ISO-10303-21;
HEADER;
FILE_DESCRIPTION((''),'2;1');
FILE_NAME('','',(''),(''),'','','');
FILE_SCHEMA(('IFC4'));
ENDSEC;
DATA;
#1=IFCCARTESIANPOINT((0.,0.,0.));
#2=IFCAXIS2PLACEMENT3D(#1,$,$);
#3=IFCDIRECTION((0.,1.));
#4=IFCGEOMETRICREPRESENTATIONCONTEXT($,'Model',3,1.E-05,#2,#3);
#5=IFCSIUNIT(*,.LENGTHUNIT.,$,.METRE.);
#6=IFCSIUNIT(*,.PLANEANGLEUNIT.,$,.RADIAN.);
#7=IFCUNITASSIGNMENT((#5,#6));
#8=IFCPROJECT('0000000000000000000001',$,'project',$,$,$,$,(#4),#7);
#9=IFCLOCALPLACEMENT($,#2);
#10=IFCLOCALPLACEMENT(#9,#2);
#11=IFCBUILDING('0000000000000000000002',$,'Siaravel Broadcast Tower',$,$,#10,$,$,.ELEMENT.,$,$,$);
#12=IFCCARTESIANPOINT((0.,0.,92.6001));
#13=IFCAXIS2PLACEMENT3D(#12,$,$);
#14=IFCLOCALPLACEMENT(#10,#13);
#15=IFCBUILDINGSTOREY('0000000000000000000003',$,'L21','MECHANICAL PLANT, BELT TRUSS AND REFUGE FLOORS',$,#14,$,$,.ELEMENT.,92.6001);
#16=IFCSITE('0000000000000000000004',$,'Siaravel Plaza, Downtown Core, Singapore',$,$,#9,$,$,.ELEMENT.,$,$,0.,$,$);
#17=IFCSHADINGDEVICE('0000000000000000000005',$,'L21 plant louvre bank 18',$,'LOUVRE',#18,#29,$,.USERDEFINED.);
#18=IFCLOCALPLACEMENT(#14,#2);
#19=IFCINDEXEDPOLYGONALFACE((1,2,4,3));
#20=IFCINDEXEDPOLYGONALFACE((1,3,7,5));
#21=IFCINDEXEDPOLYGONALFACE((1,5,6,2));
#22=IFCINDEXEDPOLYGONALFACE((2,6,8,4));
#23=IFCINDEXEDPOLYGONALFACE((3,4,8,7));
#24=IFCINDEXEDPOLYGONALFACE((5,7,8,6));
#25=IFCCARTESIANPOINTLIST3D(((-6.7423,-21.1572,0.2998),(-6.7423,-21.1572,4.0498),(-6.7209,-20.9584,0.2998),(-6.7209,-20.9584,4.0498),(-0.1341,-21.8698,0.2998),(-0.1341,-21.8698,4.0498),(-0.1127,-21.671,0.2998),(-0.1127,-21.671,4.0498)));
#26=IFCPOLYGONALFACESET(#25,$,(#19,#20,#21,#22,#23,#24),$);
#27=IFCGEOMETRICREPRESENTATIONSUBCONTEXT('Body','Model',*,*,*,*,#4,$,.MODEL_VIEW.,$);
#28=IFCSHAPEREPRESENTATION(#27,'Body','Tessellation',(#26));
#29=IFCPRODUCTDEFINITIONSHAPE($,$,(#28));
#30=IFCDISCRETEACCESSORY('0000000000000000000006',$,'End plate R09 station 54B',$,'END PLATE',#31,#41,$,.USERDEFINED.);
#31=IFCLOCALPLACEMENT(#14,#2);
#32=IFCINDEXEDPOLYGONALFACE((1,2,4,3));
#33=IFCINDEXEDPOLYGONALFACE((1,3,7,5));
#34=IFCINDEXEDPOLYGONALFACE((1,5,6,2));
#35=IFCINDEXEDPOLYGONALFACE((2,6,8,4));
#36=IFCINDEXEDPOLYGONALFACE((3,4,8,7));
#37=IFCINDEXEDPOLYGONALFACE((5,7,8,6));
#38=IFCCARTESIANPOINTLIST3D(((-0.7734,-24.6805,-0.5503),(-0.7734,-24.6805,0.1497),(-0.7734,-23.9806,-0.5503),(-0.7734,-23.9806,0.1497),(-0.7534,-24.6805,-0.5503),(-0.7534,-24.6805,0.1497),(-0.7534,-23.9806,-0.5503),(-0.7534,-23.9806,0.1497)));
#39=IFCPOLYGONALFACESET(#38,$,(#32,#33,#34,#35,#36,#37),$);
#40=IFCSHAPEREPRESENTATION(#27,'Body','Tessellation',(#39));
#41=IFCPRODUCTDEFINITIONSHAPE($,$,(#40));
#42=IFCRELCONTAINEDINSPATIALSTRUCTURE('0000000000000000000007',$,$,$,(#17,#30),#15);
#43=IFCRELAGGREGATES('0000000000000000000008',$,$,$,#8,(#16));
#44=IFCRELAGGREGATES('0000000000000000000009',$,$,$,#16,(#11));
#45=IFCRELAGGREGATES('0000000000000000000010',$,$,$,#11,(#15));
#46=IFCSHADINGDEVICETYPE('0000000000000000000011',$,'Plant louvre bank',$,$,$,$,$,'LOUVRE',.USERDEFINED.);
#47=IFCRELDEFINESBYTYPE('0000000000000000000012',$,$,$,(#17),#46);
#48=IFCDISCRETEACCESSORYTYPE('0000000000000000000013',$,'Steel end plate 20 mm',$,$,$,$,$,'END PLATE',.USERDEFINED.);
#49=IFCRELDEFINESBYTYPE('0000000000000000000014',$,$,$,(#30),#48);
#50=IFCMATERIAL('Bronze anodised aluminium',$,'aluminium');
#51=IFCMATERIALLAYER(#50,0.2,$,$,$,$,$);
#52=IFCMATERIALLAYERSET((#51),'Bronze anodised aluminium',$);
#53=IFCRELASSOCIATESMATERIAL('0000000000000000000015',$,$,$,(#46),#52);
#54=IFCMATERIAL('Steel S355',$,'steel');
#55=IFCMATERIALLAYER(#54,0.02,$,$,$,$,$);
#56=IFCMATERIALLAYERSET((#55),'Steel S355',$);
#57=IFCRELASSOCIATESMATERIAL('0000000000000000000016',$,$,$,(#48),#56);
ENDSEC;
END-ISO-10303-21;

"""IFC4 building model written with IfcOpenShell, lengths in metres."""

from ifc_helpers import new_model, si_unit, direction, frame, origin, origin_2d, place, context, subcontext, project, spatial, rectangle, extrude, material, layer, layer_set, type_object, element, save


model = new_model("IFC4")

# Units and contexts
model_context = context("Model", 3, precision=1e-05, world=origin(), true_north=direction((0.0, 1.0)))
body_context = subcontext(model_context, "Body", "Model", "MODEL_VIEW")
ifc_project = project(units=[si_unit("LENGTHUNIT", "METRE"), si_unit("PLANEANGLEUNIT", "RADIAN")], contexts=[model_context])

# Site, building, storey
site_placement = place(None, origin())
site = spatial("IfcSite", under=ifc_project, at=site_placement, Name="Siaravel Plaza, Downtown Core, Singapore", CompositionType="ELEMENT", RefElevation=0.0)
building_placement = place(site_placement, origin())
building = spatial("IfcBuilding", under=site, at=building_placement, Name="Siaravel Broadcast Tower", CompositionType="ELEMENT")
storey_placement = place(building_placement, frame((0.0, 0.0, 92.6001)))
storey = spatial("IfcBuildingStorey", under=building, at=storey_placement, Name="L21", Description="MECHANICAL PLANT, BELT TRUSS AND REFUGE FLOORS", CompositionType="ELEMENT", Elevation=92.6001)

# Shared definitions
ifc_material_1 = material(Name="Steel S355", Category="steel")

# Shading device
ifc_material_2 = material(Name="Bronze anodised aluminium", Category="aluminium")
ifc_layer_1 = layer(ifc_material_2, 0.2)
ifc_layer_set_1 = layer_set([ifc_layer_1], Name="Bronze anodised aluminium")
shading_device_type = type_object("IfcShadingDeviceType", Name="Plant louvre bank", ElementType="LOUVRE", PredefinedType="USERDEFINED", material=ifc_layer_set_1)
shading_device_1_placement = place(storey_placement, frame((-3.4275, -21.4141, 0.2998), z_axis=(0.0, 0.0, 1.0), x_axis=(0.994236, -0.107217, 0.0)))
element("IfcShadingDevice", 1, at=shading_device_1_placement, inside=storey, type_object=shading_device_type, Name="L21 plant louvre bank 18", ObjectType="LOUVRE", PredefinedType="USERDEFINED", context=body_context, shape_type="SweptSolid", body=[
    extrude(rectangle(XDim=6.6465, YDim=0.2, at=origin_2d()), origin(), (0.0, 0.0, 1.0), 3.75),
])

# Discrete accessory
ifc_layer_2 = layer(ifc_material_1, 0.02)
ifc_layer_set_2 = layer_set([ifc_layer_2], Name="Steel S355")
discrete_accessory_type = type_object("IfcDiscreteAccessoryType", Name="Steel end plate 20 mm", ElementType="END PLATE", PredefinedType="USERDEFINED", material=ifc_layer_set_2)
discrete_accessory_placement = place(storey_placement, frame((-0.7634, -24.3306, -0.5503), z_axis=(0.0, 0.0, 1.0), x_axis=(1.0, 0.0, 0.0)))
element("IfcDiscreteAccessory", 2, at=discrete_accessory_placement, inside=storey, type_object=discrete_accessory_type, Name="End plate R09 station 54B", ObjectType="END PLATE", PredefinedType="USERDEFINED", context=body_context, shape_type="SweptSolid", body=[
    extrude(rectangle(XDim=0.02, YDim=0.7, at=origin_2d()), origin(), (0.0, 0.0, 1.0), 0.7),
])

save(model, "model.ifc")
